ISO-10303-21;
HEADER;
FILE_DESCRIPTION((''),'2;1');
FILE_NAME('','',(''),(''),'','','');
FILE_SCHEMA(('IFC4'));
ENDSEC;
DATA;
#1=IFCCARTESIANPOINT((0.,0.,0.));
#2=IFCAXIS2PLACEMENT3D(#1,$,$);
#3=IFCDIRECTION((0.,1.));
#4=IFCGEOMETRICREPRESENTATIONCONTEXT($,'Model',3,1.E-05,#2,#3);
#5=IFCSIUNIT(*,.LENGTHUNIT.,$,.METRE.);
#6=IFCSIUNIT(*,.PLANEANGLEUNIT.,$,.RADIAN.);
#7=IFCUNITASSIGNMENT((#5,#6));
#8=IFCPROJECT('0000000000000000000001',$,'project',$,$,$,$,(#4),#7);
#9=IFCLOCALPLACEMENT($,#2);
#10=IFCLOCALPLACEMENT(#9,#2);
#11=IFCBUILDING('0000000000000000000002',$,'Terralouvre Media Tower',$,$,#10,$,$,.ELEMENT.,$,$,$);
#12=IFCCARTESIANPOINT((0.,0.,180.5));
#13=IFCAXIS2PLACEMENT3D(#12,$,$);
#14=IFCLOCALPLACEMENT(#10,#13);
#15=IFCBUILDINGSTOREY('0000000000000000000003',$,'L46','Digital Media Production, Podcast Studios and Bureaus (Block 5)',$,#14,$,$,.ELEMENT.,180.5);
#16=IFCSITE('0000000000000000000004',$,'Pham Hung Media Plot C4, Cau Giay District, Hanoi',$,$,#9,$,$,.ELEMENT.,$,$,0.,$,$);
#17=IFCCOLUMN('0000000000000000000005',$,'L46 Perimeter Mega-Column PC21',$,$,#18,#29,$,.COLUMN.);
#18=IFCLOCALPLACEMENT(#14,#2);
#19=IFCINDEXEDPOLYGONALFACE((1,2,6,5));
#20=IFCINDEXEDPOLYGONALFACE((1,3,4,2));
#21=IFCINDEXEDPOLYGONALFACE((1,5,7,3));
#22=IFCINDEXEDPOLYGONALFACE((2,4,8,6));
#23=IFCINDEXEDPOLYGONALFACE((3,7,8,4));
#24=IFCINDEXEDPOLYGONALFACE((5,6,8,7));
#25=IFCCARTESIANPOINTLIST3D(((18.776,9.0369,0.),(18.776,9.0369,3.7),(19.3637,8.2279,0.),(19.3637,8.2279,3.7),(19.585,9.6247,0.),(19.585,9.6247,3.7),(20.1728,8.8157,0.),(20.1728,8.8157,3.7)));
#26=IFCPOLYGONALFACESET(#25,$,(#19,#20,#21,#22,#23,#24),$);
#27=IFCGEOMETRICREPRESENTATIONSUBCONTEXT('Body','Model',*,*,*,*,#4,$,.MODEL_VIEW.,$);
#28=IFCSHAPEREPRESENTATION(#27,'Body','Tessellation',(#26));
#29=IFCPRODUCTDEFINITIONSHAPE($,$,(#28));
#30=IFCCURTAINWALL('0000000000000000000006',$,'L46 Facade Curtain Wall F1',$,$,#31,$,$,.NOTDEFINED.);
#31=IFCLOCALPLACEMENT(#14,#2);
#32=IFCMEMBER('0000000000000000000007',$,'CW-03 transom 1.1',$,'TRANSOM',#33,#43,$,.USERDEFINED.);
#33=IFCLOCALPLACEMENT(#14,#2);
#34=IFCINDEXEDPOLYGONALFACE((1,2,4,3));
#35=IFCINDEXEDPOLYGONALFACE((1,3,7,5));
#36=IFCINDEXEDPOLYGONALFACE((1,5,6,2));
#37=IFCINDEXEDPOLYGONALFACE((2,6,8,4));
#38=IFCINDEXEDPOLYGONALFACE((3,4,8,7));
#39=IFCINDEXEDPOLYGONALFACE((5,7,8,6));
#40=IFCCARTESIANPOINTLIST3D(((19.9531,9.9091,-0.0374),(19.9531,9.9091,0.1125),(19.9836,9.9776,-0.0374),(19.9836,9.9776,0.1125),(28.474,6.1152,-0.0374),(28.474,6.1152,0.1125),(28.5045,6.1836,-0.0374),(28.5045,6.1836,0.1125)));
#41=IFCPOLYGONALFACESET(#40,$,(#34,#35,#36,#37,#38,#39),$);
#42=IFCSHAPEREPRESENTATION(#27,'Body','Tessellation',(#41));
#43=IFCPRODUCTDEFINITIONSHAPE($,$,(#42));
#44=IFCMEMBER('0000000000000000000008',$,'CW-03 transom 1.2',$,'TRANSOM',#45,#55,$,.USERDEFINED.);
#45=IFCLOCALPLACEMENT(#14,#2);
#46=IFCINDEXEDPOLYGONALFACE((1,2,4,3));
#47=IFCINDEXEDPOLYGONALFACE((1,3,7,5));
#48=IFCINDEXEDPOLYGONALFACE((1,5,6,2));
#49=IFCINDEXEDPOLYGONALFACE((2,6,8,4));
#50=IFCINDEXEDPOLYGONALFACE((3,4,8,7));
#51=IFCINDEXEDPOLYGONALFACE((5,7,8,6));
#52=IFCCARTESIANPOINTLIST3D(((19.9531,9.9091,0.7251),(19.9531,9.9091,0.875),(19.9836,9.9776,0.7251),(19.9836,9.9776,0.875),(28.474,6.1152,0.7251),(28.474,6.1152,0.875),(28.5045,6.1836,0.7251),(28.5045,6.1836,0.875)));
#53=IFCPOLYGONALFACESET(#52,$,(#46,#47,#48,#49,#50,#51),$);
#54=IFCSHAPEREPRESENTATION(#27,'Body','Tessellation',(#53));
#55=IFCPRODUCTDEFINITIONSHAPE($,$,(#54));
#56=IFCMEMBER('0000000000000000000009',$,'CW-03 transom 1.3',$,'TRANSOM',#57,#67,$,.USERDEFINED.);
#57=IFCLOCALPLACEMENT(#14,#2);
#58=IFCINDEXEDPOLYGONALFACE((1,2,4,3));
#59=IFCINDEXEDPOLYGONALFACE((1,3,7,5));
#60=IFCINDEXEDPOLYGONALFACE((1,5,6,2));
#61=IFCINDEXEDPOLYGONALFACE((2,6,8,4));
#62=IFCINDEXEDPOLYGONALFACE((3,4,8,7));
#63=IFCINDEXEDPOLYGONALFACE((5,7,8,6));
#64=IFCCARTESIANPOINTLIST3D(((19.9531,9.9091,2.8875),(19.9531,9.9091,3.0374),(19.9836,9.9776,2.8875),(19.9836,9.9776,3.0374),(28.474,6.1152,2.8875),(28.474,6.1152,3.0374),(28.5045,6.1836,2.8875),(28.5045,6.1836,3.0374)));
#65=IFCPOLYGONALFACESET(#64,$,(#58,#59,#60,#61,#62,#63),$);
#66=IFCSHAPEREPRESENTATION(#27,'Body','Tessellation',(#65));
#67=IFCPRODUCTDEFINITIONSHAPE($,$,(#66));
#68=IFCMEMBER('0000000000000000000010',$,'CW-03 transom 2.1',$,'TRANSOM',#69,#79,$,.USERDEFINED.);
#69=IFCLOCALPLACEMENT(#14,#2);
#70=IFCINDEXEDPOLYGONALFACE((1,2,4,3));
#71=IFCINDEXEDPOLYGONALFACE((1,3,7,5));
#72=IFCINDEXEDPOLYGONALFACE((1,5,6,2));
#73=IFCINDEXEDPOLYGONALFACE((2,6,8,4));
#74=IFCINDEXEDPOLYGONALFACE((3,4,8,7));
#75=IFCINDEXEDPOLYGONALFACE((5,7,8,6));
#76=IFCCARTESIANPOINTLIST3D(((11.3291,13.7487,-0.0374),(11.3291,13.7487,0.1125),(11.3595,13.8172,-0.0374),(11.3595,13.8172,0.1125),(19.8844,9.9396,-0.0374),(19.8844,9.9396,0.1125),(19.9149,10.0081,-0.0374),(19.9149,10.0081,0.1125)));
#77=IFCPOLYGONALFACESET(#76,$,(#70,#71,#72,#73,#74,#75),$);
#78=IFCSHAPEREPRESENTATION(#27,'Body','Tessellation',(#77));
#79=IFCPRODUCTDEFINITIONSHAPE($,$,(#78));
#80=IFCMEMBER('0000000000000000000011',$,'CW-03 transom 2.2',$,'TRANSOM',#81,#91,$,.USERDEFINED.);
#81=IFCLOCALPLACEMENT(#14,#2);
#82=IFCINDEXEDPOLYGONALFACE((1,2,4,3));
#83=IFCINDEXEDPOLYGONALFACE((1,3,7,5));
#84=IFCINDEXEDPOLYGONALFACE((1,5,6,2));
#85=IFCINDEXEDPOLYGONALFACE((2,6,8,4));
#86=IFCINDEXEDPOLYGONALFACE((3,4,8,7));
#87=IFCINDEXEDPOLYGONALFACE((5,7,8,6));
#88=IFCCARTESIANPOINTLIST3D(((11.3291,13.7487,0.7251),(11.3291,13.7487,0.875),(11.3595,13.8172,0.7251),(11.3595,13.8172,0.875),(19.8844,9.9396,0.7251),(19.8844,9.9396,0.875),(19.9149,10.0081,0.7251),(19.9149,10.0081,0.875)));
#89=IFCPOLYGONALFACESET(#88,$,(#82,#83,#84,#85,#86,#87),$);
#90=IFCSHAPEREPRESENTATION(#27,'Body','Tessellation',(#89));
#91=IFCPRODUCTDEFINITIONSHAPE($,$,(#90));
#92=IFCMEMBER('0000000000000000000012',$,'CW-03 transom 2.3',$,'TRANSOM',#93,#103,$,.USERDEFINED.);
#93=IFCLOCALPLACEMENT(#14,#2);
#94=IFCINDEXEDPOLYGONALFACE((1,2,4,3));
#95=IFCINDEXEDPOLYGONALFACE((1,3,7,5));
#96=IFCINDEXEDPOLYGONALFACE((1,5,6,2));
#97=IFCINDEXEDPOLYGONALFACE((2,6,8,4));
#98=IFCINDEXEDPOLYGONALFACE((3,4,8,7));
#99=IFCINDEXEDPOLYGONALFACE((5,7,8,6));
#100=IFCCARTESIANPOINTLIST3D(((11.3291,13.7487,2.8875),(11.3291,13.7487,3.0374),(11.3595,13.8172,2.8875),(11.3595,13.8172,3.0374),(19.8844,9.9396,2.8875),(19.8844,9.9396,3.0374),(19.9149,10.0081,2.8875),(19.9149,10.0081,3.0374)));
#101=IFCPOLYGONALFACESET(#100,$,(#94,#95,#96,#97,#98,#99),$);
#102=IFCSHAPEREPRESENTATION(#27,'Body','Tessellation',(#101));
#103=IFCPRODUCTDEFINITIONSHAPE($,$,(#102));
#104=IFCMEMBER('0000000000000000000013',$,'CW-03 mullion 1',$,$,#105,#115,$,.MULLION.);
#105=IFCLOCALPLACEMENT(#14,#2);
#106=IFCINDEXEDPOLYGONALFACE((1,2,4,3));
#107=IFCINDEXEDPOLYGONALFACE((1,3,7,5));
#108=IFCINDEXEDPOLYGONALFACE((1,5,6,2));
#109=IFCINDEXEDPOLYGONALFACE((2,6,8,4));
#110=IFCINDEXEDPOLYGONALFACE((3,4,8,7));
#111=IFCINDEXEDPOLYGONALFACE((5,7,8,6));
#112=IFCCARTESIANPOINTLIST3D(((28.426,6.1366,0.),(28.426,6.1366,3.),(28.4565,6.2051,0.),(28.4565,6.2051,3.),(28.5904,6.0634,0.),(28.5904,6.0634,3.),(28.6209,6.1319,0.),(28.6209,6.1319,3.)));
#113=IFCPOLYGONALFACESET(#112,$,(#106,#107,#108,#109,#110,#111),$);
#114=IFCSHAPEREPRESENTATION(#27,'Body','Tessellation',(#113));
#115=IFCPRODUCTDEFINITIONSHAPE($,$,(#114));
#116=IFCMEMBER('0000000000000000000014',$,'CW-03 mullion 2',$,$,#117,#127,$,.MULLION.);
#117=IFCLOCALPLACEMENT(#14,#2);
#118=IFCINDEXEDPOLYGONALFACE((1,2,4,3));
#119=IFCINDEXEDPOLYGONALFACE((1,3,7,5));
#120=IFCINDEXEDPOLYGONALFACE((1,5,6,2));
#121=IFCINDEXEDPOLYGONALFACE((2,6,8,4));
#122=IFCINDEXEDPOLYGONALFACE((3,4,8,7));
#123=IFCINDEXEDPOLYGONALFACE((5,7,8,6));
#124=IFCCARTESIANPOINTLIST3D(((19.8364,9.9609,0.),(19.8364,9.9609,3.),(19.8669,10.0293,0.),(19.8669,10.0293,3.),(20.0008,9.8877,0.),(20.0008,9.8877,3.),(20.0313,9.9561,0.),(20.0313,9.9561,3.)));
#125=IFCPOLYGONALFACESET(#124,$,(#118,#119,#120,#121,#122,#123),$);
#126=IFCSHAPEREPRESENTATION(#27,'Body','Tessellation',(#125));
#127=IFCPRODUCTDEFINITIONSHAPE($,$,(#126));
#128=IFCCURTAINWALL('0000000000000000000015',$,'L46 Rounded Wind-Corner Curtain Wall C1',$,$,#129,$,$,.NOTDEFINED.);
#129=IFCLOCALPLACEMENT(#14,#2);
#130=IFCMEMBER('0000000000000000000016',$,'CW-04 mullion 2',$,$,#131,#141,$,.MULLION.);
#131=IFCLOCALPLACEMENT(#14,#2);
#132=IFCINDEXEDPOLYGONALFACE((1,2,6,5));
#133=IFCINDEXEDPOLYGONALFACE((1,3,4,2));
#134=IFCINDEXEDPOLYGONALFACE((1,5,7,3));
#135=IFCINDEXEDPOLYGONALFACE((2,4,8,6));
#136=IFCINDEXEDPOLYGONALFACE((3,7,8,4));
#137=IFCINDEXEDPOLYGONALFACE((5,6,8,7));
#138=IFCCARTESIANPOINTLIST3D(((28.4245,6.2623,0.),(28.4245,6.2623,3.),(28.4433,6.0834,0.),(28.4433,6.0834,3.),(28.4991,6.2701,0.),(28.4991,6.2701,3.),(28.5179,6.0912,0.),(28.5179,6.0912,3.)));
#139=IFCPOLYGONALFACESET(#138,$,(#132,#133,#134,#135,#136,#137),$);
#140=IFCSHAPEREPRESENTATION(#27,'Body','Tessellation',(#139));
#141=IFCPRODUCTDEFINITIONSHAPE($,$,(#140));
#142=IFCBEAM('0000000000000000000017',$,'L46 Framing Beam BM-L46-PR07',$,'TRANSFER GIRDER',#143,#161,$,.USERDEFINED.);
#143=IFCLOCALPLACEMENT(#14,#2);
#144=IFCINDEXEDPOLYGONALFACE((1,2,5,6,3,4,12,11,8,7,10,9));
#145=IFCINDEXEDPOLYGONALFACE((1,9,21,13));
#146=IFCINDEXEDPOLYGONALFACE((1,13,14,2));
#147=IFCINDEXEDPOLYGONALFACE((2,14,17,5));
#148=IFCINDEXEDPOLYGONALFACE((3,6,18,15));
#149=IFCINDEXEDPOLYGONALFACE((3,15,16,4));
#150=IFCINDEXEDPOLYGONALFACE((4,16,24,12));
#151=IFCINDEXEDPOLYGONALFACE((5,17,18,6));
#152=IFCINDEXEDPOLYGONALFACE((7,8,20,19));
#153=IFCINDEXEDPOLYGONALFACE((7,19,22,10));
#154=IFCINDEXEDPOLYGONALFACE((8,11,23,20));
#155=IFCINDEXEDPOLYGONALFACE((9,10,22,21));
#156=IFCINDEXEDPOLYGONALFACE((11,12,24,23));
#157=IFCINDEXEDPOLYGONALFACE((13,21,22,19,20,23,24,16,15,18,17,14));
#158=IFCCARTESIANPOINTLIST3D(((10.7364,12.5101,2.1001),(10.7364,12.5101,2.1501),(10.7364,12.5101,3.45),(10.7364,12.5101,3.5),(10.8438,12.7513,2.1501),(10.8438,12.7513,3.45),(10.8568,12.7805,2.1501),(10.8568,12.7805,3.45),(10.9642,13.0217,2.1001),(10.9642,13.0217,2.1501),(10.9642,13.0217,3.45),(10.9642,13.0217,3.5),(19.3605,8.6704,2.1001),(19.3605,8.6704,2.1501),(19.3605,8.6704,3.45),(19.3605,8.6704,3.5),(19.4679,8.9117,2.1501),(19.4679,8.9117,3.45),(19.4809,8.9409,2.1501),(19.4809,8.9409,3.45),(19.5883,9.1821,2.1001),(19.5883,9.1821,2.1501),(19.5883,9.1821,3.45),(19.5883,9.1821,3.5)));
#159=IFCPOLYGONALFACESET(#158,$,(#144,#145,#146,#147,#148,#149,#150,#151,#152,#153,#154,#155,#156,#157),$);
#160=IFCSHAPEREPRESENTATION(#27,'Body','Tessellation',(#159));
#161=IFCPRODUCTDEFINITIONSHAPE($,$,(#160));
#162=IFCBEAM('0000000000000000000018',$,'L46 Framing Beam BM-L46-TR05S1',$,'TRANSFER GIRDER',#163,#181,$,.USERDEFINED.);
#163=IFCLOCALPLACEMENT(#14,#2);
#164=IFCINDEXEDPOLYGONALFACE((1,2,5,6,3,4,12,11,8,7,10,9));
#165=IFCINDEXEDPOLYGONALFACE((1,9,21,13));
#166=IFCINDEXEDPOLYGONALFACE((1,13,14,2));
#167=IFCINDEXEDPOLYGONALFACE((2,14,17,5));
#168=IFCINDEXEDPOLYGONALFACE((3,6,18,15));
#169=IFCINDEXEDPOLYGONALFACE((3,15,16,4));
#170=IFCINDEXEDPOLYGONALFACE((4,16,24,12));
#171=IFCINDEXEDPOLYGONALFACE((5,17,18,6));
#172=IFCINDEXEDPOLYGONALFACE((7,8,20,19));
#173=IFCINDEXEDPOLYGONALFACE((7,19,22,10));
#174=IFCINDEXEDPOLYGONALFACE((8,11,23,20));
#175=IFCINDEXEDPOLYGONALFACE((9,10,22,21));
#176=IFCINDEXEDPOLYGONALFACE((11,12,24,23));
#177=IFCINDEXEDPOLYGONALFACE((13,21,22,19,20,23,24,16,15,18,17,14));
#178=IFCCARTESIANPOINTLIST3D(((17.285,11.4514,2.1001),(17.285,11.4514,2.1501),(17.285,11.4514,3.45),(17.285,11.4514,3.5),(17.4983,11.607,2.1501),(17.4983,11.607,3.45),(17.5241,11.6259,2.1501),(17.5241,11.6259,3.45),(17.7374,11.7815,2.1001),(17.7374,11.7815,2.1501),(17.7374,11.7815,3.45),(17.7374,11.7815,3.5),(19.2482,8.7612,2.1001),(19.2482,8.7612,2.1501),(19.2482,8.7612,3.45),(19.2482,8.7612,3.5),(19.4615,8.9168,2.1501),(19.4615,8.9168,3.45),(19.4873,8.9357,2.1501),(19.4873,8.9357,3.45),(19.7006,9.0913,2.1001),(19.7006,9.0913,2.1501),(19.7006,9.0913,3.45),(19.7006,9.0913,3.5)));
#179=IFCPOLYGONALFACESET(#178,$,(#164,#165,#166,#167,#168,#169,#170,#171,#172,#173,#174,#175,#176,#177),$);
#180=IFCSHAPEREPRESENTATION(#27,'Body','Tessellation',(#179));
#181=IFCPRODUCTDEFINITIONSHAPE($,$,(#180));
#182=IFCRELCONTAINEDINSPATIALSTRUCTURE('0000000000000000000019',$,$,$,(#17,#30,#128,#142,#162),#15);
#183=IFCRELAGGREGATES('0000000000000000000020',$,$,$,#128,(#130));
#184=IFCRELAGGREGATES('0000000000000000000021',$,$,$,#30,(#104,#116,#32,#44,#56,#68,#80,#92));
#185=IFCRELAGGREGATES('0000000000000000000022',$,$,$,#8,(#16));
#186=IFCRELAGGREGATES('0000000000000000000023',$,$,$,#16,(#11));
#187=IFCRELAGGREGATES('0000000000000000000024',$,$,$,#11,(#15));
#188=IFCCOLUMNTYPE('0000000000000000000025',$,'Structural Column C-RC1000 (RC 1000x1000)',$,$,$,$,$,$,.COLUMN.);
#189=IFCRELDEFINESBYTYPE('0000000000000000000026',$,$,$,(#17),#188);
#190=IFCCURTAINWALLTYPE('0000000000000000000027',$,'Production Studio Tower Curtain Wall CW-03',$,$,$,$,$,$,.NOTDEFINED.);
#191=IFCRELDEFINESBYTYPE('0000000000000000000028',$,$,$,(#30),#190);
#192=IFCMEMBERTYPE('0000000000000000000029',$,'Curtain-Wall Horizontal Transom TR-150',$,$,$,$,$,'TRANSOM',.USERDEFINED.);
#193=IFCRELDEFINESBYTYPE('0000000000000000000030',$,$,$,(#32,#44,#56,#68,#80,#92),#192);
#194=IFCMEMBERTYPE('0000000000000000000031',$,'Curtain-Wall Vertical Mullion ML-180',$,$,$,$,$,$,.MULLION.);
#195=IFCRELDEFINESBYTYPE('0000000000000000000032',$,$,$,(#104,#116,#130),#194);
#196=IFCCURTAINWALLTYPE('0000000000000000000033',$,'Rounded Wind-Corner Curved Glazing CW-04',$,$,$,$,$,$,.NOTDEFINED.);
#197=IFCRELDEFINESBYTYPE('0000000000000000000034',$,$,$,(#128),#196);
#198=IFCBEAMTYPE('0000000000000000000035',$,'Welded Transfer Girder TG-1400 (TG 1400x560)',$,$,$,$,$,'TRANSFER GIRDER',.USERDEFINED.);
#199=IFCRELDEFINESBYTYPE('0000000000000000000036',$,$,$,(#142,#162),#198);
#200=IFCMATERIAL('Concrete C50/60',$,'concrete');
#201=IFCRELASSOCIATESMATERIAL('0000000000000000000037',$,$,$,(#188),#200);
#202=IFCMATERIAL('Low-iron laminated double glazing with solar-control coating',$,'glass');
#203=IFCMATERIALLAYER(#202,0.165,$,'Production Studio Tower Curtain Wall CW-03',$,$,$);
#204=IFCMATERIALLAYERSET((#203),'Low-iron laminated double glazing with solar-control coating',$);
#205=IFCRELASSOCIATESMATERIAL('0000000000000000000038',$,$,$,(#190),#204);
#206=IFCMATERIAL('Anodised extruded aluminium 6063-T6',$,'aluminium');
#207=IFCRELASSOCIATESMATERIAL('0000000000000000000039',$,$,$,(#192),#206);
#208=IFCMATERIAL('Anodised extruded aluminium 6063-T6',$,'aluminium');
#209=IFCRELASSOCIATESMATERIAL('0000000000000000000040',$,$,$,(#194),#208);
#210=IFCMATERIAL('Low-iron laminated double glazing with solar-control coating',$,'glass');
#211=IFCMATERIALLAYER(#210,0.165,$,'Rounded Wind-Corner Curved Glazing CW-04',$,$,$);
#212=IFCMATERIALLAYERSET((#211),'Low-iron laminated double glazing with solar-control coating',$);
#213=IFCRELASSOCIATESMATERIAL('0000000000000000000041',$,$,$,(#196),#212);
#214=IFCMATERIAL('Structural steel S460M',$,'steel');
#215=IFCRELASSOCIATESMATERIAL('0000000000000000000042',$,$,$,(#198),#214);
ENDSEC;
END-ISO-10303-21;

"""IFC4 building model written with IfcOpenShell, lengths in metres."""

from ifc_helpers import new_model, si_unit, direction, frame, origin, origin_2d, place, context, subcontext, project, spatial, rectangle, i_section, extrude, material, layer, layer_set, material_profile, profile_set, type_object, element, aggregate, save


model = new_model("IFC4")

# Units and contexts
model_context = context("Model", 3, precision=1e-05, world=origin(), true_north=direction((0.0, 1.0)))
body_context = subcontext(model_context, "Body", "Model", "MODEL_VIEW")
ifc_project = project(units=[si_unit("LENGTHUNIT", "METRE"), si_unit("PLANEANGLEUNIT", "RADIAN")], contexts=[model_context])

# Site, building, storey
site_placement = place(None, origin())
site = spatial("IfcSite", under=ifc_project, at=site_placement, Name="Pham Hung Media Plot C4, Cau Giay District, Hanoi", CompositionType="ELEMENT", RefElevation=0.0)
building_placement = place(site_placement, origin())
building = spatial("IfcBuilding", under=site, at=building_placement, Name="Terralouvre Media Tower", CompositionType="ELEMENT")
storey_placement = place(building_placement, frame((0.0, 0.0, 180.5)))
storey = spatial("IfcBuildingStorey", under=building, at=storey_placement, Name="L46", Description="Digital Media Production, Podcast Studios and Bureaus (Block 5)", CompositionType="ELEMENT", Elevation=180.5)

# Column
ifc_material_1 = material(Name="Concrete C50/60", Category="concrete")
ifc_material_profile_1 = material_profile(ifc_material_1, rectangle(XDim=1.0, YDim=1.0, at=origin_2d()), Name="RC 1000x1000")
ifc_profile_set_1 = profile_set([ifc_material_profile_1], Name="Concrete C50/60")
column_type = type_object("IfcColumnType", Name="Structural Column C-RC1000 (RC 1000x1000)", PredefinedType="COLUMN", material=ifc_profile_set_1)
column_placement = place(storey_placement, frame((19.4744, 8.9263, 0.0), z_axis=(0.0, 0.0, 1.0), x_axis=(0.809017, 0.587785, 0.0)))
element("IfcColumn", 1, at=column_placement, inside=storey, type_object=column_type, Name="L46 Perimeter Mega-Column PC21", PredefinedType="COLUMN", context=body_context, shape_type="SweptSolid", body=[
    extrude(rectangle(XDim=1.0, YDim=1.0, at=origin_2d()), origin(), (0.0, 0.0, 1.0), 3.7),
])

# Curtain wall, members
ifc_material_2 = material(Name="Low-iron laminated double glazing with solar-control coating", Category="glass")
ifc_layer_1 = layer(ifc_material_2, 0.165, Name="Production Studio Tower Curtain Wall CW-03")
ifc_layer_set_1 = layer_set([ifc_layer_1], Name="Low-iron laminated double glazing with solar-control coating")
curtain_wall_type_1 = type_object("IfcCurtainWallType", Name="Production Studio Tower Curtain Wall CW-03", PredefinedType="NOTDEFINED", material=ifc_layer_set_1)
curtain_wall_1_placement = place(storey_placement, origin())
curtain_wall_1 = element("IfcCurtainWall", 2, at=curtain_wall_1_placement, inside=storey, type_object=curtain_wall_type_1, Name="L46 Facade Curtain Wall F1", PredefinedType="NOTDEFINED")
ifc_material_3 = material(Name="Anodised extruded aluminium 6063-T6", Category="aluminium")
ifc_material_profile_2 = material_profile(ifc_material_3, rectangle(XDim=0.075, YDim=0.1499, at=origin_2d()), Name="ALU 75x150")
ifc_profile_set_2 = profile_set([ifc_material_profile_2], Name="Anodised extruded aluminium 6063-T6")
member_type_1 = type_object("IfcMemberType", Name="Curtain-Wall Horizontal Transom TR-150", ElementType="TRANSOM", PredefinedType="USERDEFINED", material=ifc_profile_set_2)
member_1_placement = place(storey_placement, frame((28.4893, 6.1494, 0.0376), z_axis=(-0.913539, 0.40675, 0.0), x_axis=(-0.40675, -0.913539, 0.0)))
member_1 = element("IfcMember", 3, at=member_1_placement, type_object=member_type_1, Name="CW-03 transom 1.1", ObjectType="TRANSOM", PredefinedType="USERDEFINED", context=body_context, shape_type="SweptSolid", body=[
    extrude(rectangle(XDim=0.075, YDim=0.1499, at=origin_2d()), origin(), (0.0, 0.0, 1.0), 9.3274),
])
member_2_placement = place(storey_placement, frame((28.4893, 6.1494, 0.8), z_axis=(-0.913539, 0.40675, 0.0), x_axis=(-0.40675, -0.913539, 0.0)))
member_2 = element("IfcMember", 4, at=member_2_placement, type_object=member_type_1, Name="CW-03 transom 1.2", ObjectType="TRANSOM", PredefinedType="USERDEFINED", context=body_context, shape_type="SweptSolid", body=[
    extrude(rectangle(XDim=0.075, YDim=0.1499, at=origin_2d()), origin(), (0.0, 0.0, 1.0), 9.3274),
])
member_3_placement = place(storey_placement, frame((28.4893, 6.1494, 2.9624), z_axis=(-0.913539, 0.40675, 0.0), x_axis=(-0.40675, -0.913539, 0.0)))
member_3 = element("IfcMember", 5, at=member_3_placement, type_object=member_type_1, Name="CW-03 transom 1.3", ObjectType="TRANSOM", PredefinedType="USERDEFINED", context=body_context, shape_type="SweptSolid", body=[
    extrude(rectangle(XDim=0.075, YDim=0.1499, at=origin_2d()), origin(), (0.0, 0.0, 1.0), 9.3274),
])
member_4_placement = place(storey_placement, frame((19.8997, 9.9739, 0.0376), z_axis=(-0.913547, 0.406733, 0.0), x_axis=(-0.406733, -0.913547, 0.0)))
member_4 = element("IfcMember", 6, at=member_4_placement, type_object=member_type_1, Name="CW-03 transom 2.1", ObjectType="TRANSOM", PredefinedType="USERDEFINED", context=body_context, shape_type="SweptSolid", body=[
    extrude(rectangle(XDim=0.075, YDim=0.1499, at=origin_2d()), origin(), (0.0, 0.0, 1.0), 9.365),
])
member_5_placement = place(storey_placement, frame((19.8997, 9.9739, 0.8), z_axis=(-0.913547, 0.406733, 0.0), x_axis=(-0.406733, -0.913547, 0.0)))
member_5 = element("IfcMember", 7, at=member_5_placement, type_object=member_type_1, Name="CW-03 transom 2.2", ObjectType="TRANSOM", PredefinedType="USERDEFINED", context=body_context, shape_type="SweptSolid", body=[
    extrude(rectangle(XDim=0.075, YDim=0.1499, at=origin_2d()), origin(), (0.0, 0.0, 1.0), 9.365),
])
member_6_placement = place(storey_placement, frame((19.8997, 9.9739, 2.9624), z_axis=(-0.913547, 0.406733, 0.0), x_axis=(-0.406733, -0.913547, 0.0)))
member_6 = element("IfcMember", 8, at=member_6_placement, type_object=member_type_1, Name="CW-03 transom 2.3", ObjectType="TRANSOM", PredefinedType="USERDEFINED", context=body_context, shape_type="SweptSolid", body=[
    extrude(rectangle(XDim=0.075, YDim=0.1499, at=origin_2d()), origin(), (0.0, 0.0, 1.0), 9.365),
])
ifc_material_4 = material(Name="Anodised extruded aluminium 6063-T6", Category="aluminium")
ifc_material_profile_3 = material_profile(ifc_material_4, rectangle(XDim=0.075, YDim=0.1799, at=origin_2d()), Name="ALU 75x180")
ifc_profile_set_3 = profile_set([ifc_material_profile_3], Name="Anodised extruded aluminium 6063-T6")
member_type_2 = type_object("IfcMemberType", Name="Curtain-Wall Vertical Mullion ML-180", PredefinedType="MULLION", material=ifc_profile_set_3)
member_7_placement = place(storey_placement, frame((28.5234, 6.1343, 0.0), z_axis=(0.0, 0.0, 1.0), x_axis=(-0.406737, -0.913545, 0.0)))
member_7 = element("IfcMember", 9, at=member_7_placement, type_object=member_type_2, Name="CW-03 mullion 1", PredefinedType="MULLION", context=body_context, shape_type="SweptSolid", body=[
    extrude(rectangle(XDim=0.075, YDim=0.1799, at=origin_2d()), origin(), (0.0, 0.0, 1.0), 3.0),
])
member_8_placement = place(storey_placement, frame((19.9338, 9.9585, 0.0), z_axis=(0.0, 0.0, 1.0), x_axis=(-0.406737, -0.913545, 0.0)))
member_8 = element("IfcMember", 10, at=member_8_placement, type_object=member_type_2, Name="CW-03 mullion 2", PredefinedType="MULLION", context=body_context, shape_type="SweptSolid", body=[
    extrude(rectangle(XDim=0.075, YDim=0.1799, at=origin_2d()), origin(), (0.0, 0.0, 1.0), 3.0),
])

# Curtain wall, member
ifc_material_5 = material(Name="Low-iron laminated double glazing with solar-control coating", Category="glass")
ifc_layer_2 = layer(ifc_material_5, 0.165, Name="Rounded Wind-Corner Curved Glazing CW-04")
ifc_layer_set_2 = layer_set([ifc_layer_2], Name="Low-iron laminated double glazing with solar-control coating")
curtain_wall_type_2 = type_object("IfcCurtainWallType", Name="Rounded Wind-Corner Curved Glazing CW-04", PredefinedType="NOTDEFINED", material=ifc_layer_set_2)
curtain_wall_2_placement = place(storey_placement, origin())
curtain_wall_2 = element("IfcCurtainWall", 11, at=curtain_wall_2_placement, inside=storey, type_object=curtain_wall_type_2, Name="L46 Rounded Wind-Corner Curtain Wall C1", PredefinedType="NOTDEFINED")
member_9_placement = place(storey_placement, frame((28.4712, 6.1768, 0.0), z_axis=(0.0, 0.0, 1.0), x_axis=(-0.994522, -0.104529, 0.0)))
member_9 = element("IfcMember", 12, at=member_9_placement, type_object=member_type_2, Name="CW-04 mullion 2", PredefinedType="MULLION", context=body_context, shape_type="SweptSolid", body=[
    extrude(rectangle(XDim=0.075, YDim=0.1799, at=origin_2d()), origin(), (0.0, 0.0, 1.0), 3.0),
])

# Beams
ifc_material_6 = material(Name="Structural steel S460M", Category="steel")
ifc_material_profile_4 = material_profile(ifc_material_6, i_section(OverallWidth=0.5601, OverallDepth=1.3999, WebThickness=0.032, FlangeThickness=0.05, at=origin_2d()), Name="TG 1400x560")
ifc_profile_set_4 = profile_set([ifc_material_profile_4], Name="Structural steel S460M")
beam_type = type_object("IfcBeamType", Name="Welded Transfer Girder TG-1400 (TG 1400x560)", ElementType="TRANSFER GIRDER", PredefinedType="USERDEFINED", material=ifc_profile_set_4)
beam_1_placement = place(storey_placement, frame((19.4744, 8.9263, 2.8), z_axis=(-0.913548, 0.406731, 0.0), x_axis=(-0.406731, -0.913548, 0.0)))
element("IfcBeam", 13, at=beam_1_placement, inside=storey, type_object=beam_type, Name="L46 Framing Beam BM-L46-PR07", ObjectType="TRANSFER GIRDER", PredefinedType="USERDEFINED", context=body_context, shape_type="SweptSolid", body=[
    extrude(i_section(OverallWidth=0.5601, OverallDepth=1.3999, WebThickness=0.032, FlangeThickness=0.05, at=origin_2d()), origin(), (0.0, 0.0, 1.0), 9.4402),
])
beam_2_placement = place(storey_placement, frame((17.5112, 11.6165, 2.8), z_axis=(0.589474, -0.807787, 0.0), x_axis=(0.807787, 0.589474, 0.0)))
element("IfcBeam", 14, at=beam_2_placement, inside=storey, type_object=beam_type, Name="L46 Framing Beam BM-L46-TR05S1", ObjectType="TRANSFER GIRDER", PredefinedType="USERDEFINED", context=body_context, shape_type="SweptSolid", body=[
    extrude(i_section(OverallWidth=0.5601, OverallDepth=1.3999, WebThickness=0.032, FlangeThickness=0.05, at=origin_2d()), origin(), (0.0, 0.0, 1.0), 3.3303),
])

aggregate(curtain_wall_2, [member_9])
aggregate(curtain_wall_1, [member_7, member_8, member_1, member_2, member_3, member_4, member_5, member_6])

save(model, "model.ifc")
